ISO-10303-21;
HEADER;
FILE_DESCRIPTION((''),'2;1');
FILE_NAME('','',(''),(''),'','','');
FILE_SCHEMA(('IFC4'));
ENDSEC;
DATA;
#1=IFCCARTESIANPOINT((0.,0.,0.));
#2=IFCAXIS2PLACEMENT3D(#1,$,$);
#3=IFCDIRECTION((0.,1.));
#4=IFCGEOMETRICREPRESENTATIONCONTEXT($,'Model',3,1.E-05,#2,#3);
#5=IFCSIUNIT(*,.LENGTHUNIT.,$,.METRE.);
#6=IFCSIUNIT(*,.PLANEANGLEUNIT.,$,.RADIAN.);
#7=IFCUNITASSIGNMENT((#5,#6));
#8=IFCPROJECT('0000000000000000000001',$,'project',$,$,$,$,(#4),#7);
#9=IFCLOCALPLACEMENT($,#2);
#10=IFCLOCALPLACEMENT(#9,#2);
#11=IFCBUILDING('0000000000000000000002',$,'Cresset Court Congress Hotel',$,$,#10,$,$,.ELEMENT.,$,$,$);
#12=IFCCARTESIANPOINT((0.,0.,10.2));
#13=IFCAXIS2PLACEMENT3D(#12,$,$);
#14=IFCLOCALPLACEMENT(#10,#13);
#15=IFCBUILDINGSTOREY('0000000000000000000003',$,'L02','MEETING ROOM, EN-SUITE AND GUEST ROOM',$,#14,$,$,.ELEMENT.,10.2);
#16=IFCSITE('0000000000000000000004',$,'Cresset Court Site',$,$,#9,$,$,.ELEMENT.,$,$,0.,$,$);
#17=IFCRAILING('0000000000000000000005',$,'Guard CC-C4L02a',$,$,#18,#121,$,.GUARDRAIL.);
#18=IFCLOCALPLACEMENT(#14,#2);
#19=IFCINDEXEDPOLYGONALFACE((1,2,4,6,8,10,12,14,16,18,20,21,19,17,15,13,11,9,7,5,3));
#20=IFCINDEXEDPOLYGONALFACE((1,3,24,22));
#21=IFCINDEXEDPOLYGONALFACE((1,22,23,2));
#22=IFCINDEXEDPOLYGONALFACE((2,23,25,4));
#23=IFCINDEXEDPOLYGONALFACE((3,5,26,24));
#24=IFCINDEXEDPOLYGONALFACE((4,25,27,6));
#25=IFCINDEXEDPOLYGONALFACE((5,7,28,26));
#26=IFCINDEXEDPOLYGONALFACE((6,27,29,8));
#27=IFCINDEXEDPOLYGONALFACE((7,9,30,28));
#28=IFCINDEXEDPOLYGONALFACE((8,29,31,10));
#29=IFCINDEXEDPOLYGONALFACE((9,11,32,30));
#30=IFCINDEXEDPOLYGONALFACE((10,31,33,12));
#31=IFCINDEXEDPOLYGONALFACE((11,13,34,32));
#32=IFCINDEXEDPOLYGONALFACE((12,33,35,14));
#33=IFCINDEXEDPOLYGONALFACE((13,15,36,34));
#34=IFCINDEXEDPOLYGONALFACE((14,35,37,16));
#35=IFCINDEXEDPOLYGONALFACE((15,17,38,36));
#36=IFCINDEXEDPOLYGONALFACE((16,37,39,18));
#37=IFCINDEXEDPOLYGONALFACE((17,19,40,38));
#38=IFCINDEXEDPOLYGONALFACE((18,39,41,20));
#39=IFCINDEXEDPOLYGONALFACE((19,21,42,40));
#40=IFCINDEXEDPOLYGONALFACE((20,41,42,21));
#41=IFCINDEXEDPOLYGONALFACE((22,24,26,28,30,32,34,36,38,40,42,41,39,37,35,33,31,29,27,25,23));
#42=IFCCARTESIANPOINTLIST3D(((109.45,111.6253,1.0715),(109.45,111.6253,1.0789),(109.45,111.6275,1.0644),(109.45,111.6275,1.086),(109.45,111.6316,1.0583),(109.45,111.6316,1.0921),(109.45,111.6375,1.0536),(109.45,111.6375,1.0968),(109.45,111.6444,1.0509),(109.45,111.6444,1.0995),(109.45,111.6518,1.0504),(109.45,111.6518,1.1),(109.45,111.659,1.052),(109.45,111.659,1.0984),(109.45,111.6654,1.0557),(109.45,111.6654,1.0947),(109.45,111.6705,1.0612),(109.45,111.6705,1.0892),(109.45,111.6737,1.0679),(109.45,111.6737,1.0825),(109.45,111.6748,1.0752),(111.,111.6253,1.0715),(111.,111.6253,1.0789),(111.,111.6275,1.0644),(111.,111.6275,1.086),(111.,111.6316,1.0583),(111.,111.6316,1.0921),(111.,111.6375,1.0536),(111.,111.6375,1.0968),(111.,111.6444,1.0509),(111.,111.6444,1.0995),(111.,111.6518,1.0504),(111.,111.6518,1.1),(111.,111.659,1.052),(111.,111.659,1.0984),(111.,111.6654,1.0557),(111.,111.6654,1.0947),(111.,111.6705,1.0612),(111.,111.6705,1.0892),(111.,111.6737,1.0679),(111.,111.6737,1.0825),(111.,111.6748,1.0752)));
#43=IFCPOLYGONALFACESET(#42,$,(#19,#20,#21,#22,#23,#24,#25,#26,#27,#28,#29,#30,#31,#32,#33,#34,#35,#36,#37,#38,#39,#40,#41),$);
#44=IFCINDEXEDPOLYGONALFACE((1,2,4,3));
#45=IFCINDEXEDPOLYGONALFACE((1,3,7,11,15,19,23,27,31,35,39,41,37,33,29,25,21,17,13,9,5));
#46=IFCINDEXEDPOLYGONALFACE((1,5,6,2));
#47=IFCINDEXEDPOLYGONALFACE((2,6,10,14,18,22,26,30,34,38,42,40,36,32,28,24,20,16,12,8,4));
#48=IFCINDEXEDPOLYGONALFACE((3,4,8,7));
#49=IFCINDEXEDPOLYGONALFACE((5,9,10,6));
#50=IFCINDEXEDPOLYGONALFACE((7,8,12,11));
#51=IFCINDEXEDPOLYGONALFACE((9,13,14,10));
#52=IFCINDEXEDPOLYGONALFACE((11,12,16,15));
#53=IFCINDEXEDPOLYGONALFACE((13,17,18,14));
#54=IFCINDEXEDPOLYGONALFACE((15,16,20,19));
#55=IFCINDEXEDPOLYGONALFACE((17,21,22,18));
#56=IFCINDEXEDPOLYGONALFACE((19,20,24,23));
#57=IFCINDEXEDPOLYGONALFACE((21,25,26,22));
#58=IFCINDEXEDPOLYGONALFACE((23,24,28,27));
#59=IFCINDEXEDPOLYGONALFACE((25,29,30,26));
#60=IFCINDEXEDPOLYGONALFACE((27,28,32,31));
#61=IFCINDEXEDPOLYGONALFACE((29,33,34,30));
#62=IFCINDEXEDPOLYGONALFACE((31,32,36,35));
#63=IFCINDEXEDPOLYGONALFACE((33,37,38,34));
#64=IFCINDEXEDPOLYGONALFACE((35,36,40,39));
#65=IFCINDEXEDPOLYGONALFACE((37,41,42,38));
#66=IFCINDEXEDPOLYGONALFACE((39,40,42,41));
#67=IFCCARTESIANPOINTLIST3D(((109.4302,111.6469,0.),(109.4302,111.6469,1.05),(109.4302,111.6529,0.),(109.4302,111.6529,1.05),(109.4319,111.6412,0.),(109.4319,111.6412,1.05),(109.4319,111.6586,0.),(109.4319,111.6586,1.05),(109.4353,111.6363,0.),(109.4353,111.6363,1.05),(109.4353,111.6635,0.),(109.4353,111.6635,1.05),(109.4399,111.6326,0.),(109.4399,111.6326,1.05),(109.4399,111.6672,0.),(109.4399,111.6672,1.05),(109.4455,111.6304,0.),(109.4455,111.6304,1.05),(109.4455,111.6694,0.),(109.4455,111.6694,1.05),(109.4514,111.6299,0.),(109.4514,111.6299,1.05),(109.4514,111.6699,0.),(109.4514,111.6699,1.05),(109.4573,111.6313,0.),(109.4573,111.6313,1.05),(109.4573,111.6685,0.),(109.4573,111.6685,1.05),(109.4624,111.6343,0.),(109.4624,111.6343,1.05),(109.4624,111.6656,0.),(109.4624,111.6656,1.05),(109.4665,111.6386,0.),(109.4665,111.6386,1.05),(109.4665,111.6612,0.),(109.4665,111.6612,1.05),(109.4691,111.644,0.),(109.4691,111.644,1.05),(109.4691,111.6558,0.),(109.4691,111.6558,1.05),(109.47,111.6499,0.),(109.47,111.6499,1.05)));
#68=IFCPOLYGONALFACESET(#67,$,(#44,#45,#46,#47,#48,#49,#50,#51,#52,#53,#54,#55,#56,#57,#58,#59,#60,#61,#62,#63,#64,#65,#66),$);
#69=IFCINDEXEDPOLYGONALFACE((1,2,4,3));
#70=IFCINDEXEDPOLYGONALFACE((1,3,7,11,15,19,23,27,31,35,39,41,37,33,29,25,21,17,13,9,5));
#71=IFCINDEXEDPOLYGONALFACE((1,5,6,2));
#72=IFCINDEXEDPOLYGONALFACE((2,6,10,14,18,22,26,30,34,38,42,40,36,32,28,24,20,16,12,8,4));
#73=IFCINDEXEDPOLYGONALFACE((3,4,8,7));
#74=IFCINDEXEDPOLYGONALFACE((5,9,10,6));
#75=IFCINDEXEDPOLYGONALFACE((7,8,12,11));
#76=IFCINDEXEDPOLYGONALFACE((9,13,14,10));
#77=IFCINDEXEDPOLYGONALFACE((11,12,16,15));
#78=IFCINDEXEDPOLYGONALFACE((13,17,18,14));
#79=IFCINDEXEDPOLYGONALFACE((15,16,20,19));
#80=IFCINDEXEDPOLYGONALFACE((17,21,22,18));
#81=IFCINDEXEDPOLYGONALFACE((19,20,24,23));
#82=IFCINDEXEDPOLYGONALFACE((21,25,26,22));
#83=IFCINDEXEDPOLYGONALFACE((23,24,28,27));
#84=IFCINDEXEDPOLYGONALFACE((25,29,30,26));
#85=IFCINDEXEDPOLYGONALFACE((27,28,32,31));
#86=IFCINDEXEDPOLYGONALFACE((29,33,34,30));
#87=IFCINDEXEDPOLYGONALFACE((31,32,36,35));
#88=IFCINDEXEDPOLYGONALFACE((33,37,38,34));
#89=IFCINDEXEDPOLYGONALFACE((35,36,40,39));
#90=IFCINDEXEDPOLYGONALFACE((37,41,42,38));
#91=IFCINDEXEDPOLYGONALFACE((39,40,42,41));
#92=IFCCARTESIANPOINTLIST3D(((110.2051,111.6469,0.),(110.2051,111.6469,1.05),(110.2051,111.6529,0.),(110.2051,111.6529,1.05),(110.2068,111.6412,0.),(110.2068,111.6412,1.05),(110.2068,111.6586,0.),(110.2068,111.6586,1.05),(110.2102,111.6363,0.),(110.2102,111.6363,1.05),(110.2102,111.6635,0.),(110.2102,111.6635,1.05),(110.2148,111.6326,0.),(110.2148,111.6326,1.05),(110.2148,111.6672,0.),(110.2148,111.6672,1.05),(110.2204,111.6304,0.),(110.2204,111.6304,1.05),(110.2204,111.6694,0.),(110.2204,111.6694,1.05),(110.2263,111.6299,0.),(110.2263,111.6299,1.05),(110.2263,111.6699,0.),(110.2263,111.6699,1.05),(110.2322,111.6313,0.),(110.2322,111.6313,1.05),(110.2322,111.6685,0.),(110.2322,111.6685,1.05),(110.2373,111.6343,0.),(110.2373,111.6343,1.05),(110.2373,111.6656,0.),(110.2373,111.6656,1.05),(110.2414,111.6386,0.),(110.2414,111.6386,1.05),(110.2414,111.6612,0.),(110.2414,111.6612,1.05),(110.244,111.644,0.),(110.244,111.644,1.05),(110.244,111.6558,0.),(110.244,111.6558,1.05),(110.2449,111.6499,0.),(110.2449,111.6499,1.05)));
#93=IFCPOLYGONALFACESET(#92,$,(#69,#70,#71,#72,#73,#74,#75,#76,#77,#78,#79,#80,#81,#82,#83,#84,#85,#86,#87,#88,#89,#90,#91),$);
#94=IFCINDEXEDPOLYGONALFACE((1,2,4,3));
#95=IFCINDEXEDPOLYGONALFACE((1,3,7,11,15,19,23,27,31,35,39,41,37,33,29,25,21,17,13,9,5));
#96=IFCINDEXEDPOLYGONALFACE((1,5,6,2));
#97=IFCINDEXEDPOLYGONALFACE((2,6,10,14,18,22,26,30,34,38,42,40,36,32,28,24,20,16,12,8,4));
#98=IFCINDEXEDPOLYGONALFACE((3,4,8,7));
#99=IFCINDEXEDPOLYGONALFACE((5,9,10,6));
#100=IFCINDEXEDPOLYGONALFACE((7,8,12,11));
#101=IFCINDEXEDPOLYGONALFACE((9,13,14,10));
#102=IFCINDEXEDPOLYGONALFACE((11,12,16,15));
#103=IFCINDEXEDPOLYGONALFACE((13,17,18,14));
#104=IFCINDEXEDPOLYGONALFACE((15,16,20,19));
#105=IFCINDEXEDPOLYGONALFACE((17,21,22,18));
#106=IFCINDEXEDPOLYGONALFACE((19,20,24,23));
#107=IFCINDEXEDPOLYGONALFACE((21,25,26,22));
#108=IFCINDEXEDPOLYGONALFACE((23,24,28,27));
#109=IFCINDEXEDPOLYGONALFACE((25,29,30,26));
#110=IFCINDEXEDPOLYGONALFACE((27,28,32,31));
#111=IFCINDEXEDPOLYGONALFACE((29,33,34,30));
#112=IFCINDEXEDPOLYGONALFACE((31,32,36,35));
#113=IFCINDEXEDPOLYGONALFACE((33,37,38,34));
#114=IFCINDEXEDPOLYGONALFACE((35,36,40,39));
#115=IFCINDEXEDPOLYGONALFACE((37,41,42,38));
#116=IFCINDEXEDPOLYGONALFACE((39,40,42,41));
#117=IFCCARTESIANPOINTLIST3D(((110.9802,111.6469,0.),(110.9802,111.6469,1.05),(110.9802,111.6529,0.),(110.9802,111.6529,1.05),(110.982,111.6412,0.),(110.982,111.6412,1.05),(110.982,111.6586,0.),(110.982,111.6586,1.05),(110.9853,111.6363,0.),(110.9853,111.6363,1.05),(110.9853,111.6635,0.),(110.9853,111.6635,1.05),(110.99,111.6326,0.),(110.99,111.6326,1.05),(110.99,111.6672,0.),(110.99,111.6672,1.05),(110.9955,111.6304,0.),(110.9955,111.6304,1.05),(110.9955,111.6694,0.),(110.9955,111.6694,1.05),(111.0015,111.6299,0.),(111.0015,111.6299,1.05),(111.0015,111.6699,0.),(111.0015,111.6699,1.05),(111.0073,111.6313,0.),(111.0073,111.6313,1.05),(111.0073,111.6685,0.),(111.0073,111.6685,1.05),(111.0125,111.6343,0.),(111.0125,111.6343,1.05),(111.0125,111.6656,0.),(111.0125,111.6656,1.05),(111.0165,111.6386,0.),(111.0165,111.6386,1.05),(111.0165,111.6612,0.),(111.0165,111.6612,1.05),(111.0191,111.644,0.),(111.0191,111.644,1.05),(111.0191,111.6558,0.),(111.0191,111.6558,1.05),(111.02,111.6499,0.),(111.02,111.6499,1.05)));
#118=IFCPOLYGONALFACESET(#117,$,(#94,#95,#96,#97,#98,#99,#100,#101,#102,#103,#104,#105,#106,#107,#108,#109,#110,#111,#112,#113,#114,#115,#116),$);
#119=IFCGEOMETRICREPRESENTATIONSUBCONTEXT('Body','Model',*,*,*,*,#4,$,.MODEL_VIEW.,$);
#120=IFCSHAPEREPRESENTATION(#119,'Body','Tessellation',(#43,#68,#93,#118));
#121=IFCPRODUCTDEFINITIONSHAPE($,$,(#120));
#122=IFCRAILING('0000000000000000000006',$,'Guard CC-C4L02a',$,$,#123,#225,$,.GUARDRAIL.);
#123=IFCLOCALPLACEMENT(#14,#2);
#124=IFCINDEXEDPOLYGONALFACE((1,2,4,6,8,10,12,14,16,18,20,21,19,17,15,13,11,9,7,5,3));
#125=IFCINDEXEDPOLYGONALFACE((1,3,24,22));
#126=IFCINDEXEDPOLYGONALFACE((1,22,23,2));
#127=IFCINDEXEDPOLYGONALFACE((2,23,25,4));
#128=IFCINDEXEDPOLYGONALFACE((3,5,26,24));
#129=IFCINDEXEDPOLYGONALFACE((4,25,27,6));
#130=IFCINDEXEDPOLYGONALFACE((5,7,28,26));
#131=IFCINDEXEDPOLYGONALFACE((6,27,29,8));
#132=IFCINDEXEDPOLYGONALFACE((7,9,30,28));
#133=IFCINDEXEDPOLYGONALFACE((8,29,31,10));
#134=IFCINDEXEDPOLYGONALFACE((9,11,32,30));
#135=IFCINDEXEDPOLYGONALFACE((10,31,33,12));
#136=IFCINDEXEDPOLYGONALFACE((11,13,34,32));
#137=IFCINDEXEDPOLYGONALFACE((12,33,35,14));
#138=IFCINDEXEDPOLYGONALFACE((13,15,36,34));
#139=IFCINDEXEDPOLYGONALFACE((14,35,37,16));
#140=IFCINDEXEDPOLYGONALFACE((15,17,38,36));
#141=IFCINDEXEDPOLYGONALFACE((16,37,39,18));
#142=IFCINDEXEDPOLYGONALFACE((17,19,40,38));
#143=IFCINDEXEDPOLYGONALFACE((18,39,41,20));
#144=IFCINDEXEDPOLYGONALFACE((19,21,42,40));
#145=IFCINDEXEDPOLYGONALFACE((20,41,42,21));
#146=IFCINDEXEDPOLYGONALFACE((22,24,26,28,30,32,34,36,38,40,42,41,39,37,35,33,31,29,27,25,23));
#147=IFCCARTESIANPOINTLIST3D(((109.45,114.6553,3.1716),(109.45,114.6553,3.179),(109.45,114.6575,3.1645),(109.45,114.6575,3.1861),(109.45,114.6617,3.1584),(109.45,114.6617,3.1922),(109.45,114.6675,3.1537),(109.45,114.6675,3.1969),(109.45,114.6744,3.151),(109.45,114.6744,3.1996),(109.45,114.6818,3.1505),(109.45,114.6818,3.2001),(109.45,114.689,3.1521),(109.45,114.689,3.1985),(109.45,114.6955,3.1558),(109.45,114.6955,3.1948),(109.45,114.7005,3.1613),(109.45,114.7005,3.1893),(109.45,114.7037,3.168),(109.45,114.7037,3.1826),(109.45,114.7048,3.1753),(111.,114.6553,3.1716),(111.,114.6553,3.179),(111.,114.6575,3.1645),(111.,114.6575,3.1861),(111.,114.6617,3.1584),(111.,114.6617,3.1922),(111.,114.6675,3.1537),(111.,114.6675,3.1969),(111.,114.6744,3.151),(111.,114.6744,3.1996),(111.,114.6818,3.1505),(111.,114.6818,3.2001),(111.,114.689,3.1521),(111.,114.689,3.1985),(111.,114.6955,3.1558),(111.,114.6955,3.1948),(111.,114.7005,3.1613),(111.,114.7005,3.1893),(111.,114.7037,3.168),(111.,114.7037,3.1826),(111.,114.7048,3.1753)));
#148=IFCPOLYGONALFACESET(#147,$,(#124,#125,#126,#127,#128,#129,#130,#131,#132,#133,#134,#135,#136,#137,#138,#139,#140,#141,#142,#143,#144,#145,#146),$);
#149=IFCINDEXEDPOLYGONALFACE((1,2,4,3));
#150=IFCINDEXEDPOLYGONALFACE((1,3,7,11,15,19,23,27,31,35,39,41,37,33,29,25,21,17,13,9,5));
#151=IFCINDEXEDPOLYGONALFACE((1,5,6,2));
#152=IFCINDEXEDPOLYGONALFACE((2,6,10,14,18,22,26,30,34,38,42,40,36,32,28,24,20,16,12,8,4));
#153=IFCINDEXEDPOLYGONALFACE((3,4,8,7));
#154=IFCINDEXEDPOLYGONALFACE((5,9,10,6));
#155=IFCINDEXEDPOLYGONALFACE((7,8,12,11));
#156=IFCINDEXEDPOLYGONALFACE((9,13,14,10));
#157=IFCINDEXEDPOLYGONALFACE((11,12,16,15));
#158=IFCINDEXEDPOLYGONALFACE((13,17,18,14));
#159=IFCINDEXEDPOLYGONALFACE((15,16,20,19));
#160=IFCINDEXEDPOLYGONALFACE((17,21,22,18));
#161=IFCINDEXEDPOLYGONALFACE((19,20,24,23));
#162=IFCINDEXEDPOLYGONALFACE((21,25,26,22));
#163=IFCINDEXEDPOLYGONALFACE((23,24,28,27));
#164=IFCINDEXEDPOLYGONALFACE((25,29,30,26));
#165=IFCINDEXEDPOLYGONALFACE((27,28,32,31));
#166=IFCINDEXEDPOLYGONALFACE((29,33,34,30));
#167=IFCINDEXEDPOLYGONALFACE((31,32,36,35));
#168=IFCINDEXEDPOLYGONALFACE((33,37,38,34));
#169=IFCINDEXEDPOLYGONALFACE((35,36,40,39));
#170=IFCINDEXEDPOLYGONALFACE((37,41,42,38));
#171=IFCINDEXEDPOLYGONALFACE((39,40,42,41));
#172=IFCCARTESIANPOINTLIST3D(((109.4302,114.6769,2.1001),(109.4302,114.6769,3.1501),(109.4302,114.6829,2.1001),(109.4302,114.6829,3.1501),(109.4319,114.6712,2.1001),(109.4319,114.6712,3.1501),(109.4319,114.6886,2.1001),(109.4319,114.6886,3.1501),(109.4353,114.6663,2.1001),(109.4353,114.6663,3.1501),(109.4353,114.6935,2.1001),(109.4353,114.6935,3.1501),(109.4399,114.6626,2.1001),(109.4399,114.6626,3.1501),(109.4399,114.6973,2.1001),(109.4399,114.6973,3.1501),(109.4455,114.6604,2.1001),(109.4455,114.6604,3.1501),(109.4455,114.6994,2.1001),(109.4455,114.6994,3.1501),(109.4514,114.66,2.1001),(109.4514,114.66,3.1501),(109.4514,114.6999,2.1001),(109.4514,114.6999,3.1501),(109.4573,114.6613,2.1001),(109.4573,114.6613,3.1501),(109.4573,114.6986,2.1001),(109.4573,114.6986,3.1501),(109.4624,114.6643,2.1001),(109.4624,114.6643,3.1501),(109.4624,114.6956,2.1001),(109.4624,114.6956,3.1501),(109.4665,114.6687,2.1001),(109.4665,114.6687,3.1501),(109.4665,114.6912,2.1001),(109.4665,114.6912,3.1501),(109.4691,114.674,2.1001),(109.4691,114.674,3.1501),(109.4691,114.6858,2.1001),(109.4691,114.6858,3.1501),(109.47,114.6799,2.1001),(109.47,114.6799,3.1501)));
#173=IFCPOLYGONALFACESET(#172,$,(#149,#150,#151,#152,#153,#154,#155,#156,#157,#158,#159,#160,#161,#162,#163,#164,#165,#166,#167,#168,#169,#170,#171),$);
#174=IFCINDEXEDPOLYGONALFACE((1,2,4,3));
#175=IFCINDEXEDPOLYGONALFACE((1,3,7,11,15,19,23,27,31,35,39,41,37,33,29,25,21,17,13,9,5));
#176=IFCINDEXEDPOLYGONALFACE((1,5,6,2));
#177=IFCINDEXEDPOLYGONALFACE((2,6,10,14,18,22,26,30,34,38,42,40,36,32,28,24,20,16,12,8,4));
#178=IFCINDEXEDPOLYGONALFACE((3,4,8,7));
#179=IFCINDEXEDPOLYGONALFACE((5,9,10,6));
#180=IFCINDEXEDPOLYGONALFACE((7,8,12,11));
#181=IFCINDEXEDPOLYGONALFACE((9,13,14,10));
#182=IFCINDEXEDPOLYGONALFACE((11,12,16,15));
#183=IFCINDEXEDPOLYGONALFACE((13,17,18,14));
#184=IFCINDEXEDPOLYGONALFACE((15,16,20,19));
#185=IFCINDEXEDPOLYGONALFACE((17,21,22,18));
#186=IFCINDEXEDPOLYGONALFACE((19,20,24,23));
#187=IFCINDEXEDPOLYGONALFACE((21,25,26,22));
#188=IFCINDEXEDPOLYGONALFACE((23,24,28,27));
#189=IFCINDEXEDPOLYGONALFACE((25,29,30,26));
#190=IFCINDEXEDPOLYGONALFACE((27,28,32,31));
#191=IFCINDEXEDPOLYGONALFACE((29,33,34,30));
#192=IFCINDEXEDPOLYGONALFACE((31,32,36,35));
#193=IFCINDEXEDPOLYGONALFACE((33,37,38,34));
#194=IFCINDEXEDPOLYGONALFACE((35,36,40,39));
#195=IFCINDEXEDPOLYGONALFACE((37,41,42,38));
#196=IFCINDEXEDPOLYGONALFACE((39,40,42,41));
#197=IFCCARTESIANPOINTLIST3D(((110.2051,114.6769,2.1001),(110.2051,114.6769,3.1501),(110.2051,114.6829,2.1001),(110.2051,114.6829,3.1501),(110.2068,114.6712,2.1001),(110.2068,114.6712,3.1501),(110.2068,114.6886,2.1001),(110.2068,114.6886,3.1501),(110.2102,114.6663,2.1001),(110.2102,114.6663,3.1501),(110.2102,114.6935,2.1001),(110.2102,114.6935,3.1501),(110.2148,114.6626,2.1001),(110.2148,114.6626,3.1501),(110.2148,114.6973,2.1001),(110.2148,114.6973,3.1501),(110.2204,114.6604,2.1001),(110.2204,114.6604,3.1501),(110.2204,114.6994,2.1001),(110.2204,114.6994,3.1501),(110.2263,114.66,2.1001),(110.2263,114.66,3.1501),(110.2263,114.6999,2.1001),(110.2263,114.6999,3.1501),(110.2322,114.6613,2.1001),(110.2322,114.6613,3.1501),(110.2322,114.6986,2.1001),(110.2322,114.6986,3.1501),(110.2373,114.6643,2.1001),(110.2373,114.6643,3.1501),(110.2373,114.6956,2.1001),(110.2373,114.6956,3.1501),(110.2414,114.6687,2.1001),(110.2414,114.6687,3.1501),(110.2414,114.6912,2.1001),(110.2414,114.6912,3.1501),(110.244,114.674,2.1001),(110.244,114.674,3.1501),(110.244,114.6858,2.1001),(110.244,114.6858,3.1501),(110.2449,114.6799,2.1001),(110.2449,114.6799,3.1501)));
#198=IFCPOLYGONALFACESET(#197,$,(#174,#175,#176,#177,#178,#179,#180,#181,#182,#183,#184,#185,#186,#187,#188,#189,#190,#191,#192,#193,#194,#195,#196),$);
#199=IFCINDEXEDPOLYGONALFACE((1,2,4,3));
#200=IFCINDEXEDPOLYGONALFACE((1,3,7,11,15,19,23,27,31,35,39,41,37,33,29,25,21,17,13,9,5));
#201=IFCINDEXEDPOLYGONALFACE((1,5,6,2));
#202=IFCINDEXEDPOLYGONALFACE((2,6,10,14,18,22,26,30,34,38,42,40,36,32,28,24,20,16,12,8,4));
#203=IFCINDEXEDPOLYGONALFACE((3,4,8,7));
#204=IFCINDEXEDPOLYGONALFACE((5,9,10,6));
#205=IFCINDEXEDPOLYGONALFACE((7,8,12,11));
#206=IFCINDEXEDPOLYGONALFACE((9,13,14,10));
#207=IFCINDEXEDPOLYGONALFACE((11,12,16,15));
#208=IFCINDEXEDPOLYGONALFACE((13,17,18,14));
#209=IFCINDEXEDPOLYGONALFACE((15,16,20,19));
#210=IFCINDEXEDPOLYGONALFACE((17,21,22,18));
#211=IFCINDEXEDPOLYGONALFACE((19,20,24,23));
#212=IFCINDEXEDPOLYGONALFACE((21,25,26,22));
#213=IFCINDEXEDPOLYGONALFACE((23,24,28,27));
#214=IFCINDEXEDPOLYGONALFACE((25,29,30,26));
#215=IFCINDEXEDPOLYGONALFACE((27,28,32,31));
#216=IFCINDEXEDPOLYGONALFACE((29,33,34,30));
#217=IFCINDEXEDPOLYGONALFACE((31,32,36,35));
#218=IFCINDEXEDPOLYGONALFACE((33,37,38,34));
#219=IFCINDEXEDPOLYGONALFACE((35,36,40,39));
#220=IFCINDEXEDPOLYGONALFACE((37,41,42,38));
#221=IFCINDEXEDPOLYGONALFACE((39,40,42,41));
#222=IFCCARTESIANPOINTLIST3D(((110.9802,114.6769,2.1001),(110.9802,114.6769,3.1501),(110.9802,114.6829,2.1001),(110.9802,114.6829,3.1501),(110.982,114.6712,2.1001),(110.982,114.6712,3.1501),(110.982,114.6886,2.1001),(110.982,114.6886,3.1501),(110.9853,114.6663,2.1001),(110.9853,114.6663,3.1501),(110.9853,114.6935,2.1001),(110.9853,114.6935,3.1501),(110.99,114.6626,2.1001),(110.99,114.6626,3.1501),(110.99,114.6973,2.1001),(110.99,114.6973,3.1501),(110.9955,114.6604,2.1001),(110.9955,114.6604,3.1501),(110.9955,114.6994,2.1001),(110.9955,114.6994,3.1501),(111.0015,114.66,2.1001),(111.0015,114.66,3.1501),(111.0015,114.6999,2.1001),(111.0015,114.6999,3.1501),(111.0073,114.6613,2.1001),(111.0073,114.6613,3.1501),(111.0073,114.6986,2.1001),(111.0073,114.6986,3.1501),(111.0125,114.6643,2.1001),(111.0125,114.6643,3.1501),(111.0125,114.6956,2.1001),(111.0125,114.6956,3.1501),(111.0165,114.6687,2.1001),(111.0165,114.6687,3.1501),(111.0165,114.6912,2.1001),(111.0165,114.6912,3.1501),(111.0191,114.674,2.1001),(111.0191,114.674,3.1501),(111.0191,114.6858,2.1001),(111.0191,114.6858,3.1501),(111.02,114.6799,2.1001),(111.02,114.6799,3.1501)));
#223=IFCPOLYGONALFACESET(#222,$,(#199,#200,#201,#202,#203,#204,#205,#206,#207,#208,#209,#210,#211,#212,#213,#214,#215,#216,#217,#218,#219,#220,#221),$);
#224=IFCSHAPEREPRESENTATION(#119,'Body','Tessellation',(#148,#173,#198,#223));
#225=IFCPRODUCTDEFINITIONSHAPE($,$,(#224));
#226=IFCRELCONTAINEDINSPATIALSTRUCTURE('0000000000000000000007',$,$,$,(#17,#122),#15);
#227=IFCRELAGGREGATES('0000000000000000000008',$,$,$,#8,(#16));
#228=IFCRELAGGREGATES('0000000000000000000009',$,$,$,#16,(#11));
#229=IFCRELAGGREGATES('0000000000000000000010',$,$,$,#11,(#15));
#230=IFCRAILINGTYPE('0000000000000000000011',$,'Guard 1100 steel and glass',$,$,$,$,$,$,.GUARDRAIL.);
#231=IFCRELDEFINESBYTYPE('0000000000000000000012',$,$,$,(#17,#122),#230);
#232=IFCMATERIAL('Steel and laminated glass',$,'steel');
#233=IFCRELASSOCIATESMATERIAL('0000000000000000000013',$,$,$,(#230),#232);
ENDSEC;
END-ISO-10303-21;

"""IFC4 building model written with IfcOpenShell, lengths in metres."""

from ifc_helpers import new_model, si_unit, direction, frame, origin, origin_2d, place, context, subcontext, project, spatial, circle, extrude, material, type_object, element, save


model = new_model("IFC4")

# Units and contexts
model_context = context("Model", 3, precision=1e-05, world=origin(), true_north=direction((0.0, 1.0)))
body_context = subcontext(model_context, "Body", "Model", "MODEL_VIEW")
ifc_project = project(units=[si_unit("LENGTHUNIT", "METRE"), si_unit("PLANEANGLEUNIT", "RADIAN")], contexts=[model_context])

# Site, building, storey
site_placement = place(None, origin())
site = spatial("IfcSite", under=ifc_project, at=site_placement, Name="Cresset Court Site", CompositionType="ELEMENT", RefElevation=0.0)
building_placement = place(site_placement, origin())
building = spatial("IfcBuilding", under=site, at=building_placement, Name="Cresset Court Congress Hotel", CompositionType="ELEMENT")
storey_placement = place(building_placement, frame((0.0, 0.0, 10.2)))
storey = spatial("IfcBuildingStorey", under=building, at=storey_placement, Name="L02", Description="MEETING ROOM, EN-SUITE AND GUEST ROOM", CompositionType="ELEMENT", Elevation=10.2)

# Railings
ifc_material_1 = material(Name="Steel and laminated glass", Category="steel")
railing_type = type_object("IfcRailingType", Name="Guard 1100 steel and glass", PredefinedType="GUARDRAIL", material=ifc_material_1)
for number, where, name in (
    (1, (109.45, 111.6499, 0.0), "Guard CC-C4L02a"),
    (2, (109.45, 114.6799, 2.1001), "Guard CC-C4L02a"),
):
    element("IfcRailing", number, at=place(storey_placement, frame(where)), inside=storey, type_object=railing_type, Name=name, PredefinedType="GUARDRAIL", context=body_context, shape_type="SweptSolid", body=[
        extrude(circle(Radius=0.0249, at=origin_2d()), frame((0.0, 0.0, 1.0752), z_axis=(1.0, 0.0, 0.0), x_axis=(0.0, 1.0, 0.0)), (0.0, 0.0, 1.0), 1.55),
        extrude(circle(Radius=0.02, at=origin_2d()), origin(), (0.0, 0.0, 1.0), 1.05),
        extrude(circle(Radius=0.02, at=origin_2d()), frame((0.7749, 0.0, 0.0)), (0.0, 0.0, 1.0), 1.05),
        extrude(circle(Radius=0.02, at=origin_2d()), frame((1.55, 0.0, 0.0)), (0.0, 0.0, 1.0), 1.05),
    ])

save(model, "model.ifc")
